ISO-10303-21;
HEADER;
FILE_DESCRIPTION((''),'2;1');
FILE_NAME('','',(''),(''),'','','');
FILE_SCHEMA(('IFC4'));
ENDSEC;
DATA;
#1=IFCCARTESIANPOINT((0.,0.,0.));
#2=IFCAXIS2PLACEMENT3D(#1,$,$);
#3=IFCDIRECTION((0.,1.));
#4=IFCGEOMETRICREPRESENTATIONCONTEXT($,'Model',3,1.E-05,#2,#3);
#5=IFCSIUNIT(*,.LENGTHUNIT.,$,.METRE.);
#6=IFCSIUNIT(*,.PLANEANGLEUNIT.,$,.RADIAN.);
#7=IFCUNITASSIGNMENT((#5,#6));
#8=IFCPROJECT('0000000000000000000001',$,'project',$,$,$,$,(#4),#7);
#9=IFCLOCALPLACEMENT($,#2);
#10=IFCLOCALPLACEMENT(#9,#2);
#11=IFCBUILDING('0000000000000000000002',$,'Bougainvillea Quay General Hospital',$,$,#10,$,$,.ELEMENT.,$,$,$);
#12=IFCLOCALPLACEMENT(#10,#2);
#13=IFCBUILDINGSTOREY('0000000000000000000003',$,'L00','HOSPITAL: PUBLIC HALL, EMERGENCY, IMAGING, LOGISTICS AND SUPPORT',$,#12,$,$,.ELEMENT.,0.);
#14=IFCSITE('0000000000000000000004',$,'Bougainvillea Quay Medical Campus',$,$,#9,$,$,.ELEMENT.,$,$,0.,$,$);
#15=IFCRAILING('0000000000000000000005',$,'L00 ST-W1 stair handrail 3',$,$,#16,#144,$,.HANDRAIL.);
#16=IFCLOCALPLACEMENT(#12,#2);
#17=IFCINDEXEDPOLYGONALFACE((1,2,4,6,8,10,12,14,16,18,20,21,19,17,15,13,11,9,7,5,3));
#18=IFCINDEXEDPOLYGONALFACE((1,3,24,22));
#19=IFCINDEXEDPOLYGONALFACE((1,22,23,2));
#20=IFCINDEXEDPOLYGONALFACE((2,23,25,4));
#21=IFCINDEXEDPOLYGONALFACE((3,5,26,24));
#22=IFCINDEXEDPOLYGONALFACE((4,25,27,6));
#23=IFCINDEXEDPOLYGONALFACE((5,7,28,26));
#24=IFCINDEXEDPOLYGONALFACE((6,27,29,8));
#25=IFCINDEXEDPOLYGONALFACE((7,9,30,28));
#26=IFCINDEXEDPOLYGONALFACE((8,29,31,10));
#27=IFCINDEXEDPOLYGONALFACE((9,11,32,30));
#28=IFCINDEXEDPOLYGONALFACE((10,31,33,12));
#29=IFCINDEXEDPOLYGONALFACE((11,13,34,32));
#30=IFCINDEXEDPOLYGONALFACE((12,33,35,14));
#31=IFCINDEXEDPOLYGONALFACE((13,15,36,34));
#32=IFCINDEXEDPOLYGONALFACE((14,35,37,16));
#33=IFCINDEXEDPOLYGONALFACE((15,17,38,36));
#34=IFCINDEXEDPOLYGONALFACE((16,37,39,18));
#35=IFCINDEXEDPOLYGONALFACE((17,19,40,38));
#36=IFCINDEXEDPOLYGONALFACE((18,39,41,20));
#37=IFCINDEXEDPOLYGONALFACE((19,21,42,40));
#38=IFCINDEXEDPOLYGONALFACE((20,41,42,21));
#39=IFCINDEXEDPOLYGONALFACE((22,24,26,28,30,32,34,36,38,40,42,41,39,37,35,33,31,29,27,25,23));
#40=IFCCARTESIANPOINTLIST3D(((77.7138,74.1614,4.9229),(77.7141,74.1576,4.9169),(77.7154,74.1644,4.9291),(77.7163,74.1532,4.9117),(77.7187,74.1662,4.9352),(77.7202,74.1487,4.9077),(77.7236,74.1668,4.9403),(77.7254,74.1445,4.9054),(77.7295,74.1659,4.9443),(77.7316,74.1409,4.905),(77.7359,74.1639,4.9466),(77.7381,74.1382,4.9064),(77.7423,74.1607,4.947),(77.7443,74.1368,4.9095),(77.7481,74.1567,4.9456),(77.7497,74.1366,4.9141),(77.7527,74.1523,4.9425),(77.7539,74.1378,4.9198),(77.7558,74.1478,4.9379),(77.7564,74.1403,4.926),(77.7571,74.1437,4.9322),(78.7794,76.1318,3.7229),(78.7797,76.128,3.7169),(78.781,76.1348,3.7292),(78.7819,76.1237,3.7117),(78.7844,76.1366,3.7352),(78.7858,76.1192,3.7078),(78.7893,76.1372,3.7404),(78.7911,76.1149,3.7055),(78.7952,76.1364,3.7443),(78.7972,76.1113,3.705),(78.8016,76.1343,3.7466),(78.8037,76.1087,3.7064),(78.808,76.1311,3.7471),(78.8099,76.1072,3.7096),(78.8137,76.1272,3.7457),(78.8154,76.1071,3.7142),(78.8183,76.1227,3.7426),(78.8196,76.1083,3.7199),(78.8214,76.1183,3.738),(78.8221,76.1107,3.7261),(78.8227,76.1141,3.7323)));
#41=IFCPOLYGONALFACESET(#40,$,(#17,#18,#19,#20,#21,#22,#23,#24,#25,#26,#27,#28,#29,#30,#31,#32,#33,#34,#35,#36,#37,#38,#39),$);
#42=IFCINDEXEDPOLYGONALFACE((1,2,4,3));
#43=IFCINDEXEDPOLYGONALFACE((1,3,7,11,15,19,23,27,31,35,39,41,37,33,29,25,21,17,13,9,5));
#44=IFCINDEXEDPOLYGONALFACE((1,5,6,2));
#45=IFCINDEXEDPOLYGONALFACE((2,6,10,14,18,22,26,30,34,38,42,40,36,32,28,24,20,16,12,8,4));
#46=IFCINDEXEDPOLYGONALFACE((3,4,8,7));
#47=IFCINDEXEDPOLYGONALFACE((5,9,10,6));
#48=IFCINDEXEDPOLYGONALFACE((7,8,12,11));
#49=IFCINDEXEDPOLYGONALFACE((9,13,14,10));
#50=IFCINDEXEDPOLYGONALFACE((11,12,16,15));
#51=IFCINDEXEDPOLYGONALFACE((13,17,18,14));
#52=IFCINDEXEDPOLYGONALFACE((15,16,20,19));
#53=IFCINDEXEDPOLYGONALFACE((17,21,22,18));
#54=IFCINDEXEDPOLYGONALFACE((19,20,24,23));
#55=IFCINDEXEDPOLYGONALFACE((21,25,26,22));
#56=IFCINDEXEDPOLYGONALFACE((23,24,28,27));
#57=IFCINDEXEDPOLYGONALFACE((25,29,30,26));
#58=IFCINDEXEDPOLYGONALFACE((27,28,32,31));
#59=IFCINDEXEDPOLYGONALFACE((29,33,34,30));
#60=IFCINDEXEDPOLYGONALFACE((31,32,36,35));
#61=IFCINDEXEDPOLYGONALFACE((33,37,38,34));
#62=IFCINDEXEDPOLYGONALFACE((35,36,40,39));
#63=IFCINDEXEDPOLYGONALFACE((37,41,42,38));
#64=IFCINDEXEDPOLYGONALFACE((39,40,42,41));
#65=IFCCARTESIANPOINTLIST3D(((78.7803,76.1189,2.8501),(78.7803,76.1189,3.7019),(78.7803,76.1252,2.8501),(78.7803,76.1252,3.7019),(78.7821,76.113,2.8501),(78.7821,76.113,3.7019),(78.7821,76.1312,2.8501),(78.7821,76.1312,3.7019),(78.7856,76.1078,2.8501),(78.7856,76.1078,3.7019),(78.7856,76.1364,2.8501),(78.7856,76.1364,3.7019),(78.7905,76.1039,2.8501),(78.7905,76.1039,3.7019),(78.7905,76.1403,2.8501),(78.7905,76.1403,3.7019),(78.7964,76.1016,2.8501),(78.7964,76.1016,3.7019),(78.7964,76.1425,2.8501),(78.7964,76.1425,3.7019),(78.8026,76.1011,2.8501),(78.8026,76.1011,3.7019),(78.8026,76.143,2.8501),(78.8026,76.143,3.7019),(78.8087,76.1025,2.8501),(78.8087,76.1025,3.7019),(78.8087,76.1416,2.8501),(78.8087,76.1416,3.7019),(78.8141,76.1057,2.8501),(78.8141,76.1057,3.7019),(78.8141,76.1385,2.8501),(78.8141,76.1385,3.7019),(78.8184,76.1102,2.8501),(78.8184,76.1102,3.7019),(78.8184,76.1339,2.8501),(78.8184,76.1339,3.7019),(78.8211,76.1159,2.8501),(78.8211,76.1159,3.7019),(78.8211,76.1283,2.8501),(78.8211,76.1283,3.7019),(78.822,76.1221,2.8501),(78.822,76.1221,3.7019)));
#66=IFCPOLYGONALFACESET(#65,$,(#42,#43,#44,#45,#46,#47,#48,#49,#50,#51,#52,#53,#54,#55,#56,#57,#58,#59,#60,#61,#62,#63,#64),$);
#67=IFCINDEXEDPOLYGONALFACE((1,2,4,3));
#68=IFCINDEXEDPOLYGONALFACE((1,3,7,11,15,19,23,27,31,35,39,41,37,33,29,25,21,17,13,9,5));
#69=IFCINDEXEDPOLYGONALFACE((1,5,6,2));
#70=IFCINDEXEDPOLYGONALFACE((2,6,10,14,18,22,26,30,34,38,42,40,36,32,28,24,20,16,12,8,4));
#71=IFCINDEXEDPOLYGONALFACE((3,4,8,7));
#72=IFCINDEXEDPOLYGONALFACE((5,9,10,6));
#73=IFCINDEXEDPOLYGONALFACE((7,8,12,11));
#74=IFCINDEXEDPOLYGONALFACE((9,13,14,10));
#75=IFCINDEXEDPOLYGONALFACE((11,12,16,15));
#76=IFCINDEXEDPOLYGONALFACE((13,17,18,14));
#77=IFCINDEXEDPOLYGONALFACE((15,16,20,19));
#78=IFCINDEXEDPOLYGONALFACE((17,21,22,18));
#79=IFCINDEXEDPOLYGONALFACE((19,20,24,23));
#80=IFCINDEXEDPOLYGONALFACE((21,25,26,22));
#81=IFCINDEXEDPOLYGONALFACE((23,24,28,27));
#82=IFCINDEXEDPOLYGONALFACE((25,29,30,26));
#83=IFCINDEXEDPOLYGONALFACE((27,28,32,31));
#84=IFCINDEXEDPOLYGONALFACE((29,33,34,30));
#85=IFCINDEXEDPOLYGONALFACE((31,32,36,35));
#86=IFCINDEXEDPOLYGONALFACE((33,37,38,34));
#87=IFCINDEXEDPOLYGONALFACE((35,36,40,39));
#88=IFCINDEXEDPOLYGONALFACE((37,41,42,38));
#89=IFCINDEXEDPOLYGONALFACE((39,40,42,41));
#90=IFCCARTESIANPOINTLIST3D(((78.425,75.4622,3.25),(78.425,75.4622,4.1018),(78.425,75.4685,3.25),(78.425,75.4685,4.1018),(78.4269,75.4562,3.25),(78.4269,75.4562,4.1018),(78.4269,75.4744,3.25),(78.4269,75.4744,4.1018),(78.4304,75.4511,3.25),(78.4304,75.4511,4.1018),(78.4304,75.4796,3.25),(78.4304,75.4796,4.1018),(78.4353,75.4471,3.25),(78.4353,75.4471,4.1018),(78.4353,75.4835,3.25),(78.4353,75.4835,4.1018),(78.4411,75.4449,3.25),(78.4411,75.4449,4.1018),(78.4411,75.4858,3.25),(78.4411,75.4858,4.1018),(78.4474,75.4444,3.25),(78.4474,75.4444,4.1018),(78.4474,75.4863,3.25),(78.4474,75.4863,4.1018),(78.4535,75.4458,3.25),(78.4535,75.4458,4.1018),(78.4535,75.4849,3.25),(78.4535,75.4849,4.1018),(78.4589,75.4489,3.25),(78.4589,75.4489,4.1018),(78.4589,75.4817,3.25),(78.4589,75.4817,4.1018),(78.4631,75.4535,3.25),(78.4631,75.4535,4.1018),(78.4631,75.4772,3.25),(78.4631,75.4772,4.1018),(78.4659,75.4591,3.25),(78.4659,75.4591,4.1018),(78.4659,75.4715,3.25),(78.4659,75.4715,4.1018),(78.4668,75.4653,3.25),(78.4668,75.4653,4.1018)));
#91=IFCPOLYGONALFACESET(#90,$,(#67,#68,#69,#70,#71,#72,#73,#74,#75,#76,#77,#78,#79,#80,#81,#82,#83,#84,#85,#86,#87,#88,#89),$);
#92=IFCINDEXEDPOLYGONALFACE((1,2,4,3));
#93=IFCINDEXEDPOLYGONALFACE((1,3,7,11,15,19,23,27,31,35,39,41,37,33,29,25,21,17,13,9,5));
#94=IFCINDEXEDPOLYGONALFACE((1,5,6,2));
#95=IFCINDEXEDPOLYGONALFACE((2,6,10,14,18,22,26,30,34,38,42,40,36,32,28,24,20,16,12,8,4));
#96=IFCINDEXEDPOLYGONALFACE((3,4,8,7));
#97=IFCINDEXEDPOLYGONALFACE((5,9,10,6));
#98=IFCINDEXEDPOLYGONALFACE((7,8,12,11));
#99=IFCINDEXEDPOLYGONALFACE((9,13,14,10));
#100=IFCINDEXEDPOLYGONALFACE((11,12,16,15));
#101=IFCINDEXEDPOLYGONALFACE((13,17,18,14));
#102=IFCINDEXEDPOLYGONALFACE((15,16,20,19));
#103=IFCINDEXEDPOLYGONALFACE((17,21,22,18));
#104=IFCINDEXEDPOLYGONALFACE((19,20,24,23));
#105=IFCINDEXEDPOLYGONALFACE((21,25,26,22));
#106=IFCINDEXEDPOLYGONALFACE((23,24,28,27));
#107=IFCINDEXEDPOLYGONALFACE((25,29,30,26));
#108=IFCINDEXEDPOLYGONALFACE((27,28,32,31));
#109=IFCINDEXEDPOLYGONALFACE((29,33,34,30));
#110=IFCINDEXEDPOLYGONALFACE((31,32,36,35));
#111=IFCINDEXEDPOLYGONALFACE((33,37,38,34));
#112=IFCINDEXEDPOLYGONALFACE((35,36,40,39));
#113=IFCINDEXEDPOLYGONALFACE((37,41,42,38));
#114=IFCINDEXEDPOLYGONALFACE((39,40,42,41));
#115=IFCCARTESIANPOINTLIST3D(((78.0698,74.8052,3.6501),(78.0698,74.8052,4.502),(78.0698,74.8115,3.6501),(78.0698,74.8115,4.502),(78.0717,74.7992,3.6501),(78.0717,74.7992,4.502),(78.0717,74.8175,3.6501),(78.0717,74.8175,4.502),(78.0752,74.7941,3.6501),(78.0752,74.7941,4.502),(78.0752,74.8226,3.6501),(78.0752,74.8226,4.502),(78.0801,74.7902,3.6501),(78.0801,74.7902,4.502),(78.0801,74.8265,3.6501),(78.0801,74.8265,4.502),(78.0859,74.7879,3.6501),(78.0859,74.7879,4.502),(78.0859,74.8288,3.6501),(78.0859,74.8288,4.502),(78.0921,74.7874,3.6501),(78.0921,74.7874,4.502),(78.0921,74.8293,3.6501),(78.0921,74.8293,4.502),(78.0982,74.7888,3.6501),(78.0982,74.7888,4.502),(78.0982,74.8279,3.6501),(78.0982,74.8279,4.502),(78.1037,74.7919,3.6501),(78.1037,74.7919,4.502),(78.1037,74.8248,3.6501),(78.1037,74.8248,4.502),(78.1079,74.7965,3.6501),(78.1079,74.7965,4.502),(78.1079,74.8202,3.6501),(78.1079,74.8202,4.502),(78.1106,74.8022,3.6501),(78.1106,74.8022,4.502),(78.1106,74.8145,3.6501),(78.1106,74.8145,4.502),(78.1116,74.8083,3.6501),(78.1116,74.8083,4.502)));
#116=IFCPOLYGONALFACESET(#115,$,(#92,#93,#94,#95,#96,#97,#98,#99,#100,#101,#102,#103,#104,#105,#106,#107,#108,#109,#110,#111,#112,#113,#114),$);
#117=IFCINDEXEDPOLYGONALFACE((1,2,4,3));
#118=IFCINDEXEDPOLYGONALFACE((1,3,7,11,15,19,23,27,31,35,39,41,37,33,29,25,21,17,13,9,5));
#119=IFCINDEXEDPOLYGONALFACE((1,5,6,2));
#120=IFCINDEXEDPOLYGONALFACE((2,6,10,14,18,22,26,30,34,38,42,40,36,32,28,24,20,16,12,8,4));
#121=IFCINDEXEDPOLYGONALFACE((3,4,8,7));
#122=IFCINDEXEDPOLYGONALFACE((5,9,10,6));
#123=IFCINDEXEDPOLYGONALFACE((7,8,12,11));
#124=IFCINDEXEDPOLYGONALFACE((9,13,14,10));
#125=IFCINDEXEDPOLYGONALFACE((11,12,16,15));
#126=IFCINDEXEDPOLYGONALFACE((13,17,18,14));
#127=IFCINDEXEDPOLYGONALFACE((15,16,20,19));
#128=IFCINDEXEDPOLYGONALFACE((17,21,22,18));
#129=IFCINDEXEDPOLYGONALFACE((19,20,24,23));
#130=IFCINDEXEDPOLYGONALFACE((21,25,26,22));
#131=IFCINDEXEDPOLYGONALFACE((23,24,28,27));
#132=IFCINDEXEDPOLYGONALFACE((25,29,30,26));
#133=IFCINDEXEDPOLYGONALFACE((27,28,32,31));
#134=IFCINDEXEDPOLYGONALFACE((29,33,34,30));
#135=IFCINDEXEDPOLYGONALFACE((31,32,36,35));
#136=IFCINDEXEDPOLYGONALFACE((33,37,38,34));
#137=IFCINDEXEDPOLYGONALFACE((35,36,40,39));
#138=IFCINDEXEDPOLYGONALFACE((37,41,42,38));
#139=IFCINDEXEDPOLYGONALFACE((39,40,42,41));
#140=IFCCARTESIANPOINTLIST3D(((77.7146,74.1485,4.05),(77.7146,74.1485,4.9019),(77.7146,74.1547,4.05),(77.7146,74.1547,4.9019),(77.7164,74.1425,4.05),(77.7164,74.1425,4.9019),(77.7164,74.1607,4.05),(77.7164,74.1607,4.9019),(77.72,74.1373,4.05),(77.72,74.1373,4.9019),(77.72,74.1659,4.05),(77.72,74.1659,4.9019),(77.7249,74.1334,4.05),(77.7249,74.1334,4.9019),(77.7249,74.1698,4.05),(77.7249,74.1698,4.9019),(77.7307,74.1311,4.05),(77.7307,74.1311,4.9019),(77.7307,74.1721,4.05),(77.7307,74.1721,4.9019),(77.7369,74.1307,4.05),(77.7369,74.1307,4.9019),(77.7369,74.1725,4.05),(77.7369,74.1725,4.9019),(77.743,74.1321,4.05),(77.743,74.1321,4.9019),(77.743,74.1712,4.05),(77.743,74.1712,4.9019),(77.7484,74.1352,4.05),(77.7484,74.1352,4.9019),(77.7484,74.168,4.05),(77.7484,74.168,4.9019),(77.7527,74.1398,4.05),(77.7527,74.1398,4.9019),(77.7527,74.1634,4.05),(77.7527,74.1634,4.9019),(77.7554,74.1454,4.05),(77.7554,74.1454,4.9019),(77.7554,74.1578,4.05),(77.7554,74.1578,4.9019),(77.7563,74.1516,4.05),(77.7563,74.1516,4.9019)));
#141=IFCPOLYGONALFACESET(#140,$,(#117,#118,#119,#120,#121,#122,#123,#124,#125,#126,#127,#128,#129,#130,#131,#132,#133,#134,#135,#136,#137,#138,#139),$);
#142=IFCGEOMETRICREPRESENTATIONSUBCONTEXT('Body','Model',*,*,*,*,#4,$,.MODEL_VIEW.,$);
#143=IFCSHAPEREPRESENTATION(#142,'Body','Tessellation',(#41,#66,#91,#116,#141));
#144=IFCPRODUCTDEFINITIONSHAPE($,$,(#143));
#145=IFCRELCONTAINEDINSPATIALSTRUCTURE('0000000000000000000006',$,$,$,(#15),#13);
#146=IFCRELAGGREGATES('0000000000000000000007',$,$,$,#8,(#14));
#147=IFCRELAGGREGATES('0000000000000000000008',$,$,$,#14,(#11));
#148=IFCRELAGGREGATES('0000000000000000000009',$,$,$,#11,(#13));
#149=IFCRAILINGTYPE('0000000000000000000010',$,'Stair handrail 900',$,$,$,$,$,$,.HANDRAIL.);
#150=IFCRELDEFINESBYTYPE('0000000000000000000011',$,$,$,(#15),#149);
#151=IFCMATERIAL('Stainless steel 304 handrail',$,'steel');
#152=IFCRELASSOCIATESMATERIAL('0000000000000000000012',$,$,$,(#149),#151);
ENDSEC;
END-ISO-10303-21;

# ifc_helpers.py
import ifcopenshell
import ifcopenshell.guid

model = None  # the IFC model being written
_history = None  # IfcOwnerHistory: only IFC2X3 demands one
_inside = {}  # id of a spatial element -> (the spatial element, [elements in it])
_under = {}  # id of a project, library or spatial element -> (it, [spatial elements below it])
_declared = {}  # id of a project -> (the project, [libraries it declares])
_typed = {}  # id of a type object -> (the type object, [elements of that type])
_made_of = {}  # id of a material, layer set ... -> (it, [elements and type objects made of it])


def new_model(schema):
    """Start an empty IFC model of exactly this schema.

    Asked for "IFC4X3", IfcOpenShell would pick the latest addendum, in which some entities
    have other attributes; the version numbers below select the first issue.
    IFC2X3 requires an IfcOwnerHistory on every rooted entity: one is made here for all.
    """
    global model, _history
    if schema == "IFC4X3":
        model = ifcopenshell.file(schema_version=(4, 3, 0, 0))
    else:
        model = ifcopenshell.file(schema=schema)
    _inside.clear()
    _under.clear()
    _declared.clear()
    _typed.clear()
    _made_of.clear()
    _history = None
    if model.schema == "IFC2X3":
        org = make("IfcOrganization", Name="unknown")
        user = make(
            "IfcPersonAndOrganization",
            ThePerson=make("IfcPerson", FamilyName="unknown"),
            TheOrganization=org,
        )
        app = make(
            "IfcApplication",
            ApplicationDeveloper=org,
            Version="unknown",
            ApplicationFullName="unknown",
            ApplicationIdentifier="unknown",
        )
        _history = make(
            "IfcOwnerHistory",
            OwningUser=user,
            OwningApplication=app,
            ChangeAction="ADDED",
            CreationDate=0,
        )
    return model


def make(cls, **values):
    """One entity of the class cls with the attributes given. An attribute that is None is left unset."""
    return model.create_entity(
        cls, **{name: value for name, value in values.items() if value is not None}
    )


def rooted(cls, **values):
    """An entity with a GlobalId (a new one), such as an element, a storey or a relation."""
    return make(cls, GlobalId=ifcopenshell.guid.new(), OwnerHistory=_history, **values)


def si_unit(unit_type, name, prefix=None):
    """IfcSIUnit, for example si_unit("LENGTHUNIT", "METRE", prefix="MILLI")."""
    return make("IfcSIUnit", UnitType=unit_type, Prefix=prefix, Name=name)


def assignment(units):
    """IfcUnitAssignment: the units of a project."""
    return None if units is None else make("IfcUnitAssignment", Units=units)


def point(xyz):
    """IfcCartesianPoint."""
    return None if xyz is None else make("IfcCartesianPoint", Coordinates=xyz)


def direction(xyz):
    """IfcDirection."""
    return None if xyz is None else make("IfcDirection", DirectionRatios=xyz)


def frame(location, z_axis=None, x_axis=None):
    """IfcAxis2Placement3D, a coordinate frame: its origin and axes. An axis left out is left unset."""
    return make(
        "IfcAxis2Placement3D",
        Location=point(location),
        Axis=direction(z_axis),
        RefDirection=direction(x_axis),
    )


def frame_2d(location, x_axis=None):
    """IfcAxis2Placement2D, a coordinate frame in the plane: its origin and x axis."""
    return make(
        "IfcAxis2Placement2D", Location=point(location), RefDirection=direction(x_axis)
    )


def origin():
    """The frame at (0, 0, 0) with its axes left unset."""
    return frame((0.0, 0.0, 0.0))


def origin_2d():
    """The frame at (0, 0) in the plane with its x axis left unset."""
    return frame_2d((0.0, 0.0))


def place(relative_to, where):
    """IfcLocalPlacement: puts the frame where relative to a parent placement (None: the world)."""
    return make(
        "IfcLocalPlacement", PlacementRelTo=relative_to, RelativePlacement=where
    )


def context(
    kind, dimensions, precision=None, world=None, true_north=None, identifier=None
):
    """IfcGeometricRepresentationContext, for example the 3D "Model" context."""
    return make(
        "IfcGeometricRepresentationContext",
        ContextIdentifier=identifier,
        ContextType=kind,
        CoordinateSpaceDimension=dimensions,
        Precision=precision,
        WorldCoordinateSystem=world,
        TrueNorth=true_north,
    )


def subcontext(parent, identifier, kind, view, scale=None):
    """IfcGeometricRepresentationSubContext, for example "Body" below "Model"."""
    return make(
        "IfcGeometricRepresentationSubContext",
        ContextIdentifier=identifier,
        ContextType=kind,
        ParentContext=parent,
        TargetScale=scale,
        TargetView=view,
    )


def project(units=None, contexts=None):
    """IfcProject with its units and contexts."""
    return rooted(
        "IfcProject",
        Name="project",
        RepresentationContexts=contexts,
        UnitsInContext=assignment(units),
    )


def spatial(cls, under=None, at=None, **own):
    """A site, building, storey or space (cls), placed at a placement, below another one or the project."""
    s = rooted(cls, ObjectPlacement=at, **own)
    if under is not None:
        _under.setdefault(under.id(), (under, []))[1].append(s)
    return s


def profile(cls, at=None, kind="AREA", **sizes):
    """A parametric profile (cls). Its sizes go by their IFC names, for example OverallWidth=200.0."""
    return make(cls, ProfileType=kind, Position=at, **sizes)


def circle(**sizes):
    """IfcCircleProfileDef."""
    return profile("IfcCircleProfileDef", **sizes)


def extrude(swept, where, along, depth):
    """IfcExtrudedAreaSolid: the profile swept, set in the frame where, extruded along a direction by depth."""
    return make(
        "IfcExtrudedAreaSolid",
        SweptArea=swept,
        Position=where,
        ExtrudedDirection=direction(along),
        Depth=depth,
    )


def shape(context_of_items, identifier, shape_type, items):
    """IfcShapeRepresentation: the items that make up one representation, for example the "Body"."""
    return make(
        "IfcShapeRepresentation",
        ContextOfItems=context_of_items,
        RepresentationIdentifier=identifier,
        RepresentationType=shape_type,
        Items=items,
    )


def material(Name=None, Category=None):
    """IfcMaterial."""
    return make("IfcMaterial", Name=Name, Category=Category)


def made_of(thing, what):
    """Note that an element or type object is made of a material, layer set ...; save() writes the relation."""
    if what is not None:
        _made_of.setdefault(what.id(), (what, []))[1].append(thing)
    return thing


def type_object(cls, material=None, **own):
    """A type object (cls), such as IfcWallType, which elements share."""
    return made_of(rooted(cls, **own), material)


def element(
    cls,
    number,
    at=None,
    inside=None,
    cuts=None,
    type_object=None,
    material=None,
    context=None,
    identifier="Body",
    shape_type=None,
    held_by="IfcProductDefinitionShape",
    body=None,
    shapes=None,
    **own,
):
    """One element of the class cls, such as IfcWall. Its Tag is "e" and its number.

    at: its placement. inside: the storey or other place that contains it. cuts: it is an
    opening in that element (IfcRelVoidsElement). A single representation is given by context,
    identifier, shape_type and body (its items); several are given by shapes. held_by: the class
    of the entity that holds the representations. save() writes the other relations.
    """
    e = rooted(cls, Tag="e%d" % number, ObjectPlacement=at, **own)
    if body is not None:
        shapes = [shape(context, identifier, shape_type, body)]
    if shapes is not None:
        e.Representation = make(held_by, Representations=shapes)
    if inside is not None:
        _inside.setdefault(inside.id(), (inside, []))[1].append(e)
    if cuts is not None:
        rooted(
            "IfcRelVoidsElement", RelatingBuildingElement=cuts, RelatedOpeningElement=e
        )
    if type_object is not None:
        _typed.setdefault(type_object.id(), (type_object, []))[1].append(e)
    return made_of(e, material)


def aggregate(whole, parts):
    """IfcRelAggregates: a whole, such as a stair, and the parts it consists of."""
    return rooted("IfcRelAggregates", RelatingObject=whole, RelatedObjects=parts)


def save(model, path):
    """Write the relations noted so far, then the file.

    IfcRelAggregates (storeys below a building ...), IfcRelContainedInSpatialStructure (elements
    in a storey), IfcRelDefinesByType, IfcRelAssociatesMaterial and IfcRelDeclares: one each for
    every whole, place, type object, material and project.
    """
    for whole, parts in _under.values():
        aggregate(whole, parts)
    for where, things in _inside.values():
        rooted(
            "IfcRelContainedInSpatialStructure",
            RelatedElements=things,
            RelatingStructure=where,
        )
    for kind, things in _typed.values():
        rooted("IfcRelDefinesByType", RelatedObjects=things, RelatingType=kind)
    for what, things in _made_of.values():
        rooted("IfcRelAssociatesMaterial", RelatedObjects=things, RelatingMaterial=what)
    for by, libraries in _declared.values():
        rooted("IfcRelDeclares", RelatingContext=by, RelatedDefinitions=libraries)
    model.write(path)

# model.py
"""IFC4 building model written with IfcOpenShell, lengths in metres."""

from ifc_helpers import new_model, si_unit, direction, frame, origin, origin_2d, place, context, subcontext, project, spatial, circle, extrude, material, type_object, element, save


model = new_model("IFC4")

# Units and contexts
model_context = context("Model", 3, precision=1e-05, world=origin(), true_north=direction((0.0, 1.0)))
body_context = subcontext(model_context, "Body", "Model", "MODEL_VIEW")
ifc_project = project(units=[si_unit("LENGTHUNIT", "METRE"), si_unit("PLANEANGLEUNIT", "RADIAN")], contexts=[model_context])

# Site, building, storey
site_placement = place(None, origin())
site = spatial("IfcSite", under=ifc_project, at=site_placement, Name="Bougainvillea Quay Medical Campus", CompositionType="ELEMENT", RefElevation=0.0)
building_placement = place(site_placement, origin())
building = spatial("IfcBuilding", under=site, at=building_placement, Name="Bougainvillea Quay General Hospital", CompositionType="ELEMENT")
storey_placement = place(building_placement, origin())
storey = spatial("IfcBuildingStorey", under=building, at=storey_placement, Name="L00", Description="HOSPITAL: PUBLIC HALL, EMERGENCY, IMAGING, LOGISTICS AND SUPPORT", CompositionType="ELEMENT", Elevation=0.0)

# Railing
ifc_material_1 = material(Name="Stainless steel 304 handrail", Category="steel")
railing_type_1 = type_object("IfcRailingType", Name="Stair handrail 900", PredefinedType="HANDRAIL", material=ifc_material_1)
railing_1_placement = place(storey_placement, frame((78.801, 76.1221, 2.8501)))
element("IfcRailing", 1, at=railing_1_placement, inside=storey, type_object=railing_type_1, Name="L00 ST-W1 stair handrail 3", PredefinedType="HANDRAIL", context=body_context, shape_type="SweptSolid", body=[
    extrude(circle(Radius=0.0239, at=origin_2d()), frame((0.0, 0.0, 0.876), z_axis=(-0.41934, -0.775372, 0.472178), x_axis=(0.879602, -0.475711, 0.0)), (0.0, 0.0, 1.0), 2.5413),
    extrude(circle(Radius=0.021, at=origin_2d()), origin(), (0.0, 0.0, 1.0), 0.8518),
    extrude(circle(Radius=0.021, at=origin_2d()), frame((-0.3552, -0.6567, 0.3999)), (0.0, 0.0, 1.0), 0.8518),
    extrude(circle(Radius=0.021, at=origin_2d()), frame((-0.7104, -1.3137, 0.8)), (0.0, 0.0, 1.0), 0.8518),
    extrude(circle(Radius=0.021, at=origin_2d()), frame((-1.0657, -1.9705, 1.2)), (0.0, 0.0, 1.0), 0.8518),
])

save(model, "model.ifc")
